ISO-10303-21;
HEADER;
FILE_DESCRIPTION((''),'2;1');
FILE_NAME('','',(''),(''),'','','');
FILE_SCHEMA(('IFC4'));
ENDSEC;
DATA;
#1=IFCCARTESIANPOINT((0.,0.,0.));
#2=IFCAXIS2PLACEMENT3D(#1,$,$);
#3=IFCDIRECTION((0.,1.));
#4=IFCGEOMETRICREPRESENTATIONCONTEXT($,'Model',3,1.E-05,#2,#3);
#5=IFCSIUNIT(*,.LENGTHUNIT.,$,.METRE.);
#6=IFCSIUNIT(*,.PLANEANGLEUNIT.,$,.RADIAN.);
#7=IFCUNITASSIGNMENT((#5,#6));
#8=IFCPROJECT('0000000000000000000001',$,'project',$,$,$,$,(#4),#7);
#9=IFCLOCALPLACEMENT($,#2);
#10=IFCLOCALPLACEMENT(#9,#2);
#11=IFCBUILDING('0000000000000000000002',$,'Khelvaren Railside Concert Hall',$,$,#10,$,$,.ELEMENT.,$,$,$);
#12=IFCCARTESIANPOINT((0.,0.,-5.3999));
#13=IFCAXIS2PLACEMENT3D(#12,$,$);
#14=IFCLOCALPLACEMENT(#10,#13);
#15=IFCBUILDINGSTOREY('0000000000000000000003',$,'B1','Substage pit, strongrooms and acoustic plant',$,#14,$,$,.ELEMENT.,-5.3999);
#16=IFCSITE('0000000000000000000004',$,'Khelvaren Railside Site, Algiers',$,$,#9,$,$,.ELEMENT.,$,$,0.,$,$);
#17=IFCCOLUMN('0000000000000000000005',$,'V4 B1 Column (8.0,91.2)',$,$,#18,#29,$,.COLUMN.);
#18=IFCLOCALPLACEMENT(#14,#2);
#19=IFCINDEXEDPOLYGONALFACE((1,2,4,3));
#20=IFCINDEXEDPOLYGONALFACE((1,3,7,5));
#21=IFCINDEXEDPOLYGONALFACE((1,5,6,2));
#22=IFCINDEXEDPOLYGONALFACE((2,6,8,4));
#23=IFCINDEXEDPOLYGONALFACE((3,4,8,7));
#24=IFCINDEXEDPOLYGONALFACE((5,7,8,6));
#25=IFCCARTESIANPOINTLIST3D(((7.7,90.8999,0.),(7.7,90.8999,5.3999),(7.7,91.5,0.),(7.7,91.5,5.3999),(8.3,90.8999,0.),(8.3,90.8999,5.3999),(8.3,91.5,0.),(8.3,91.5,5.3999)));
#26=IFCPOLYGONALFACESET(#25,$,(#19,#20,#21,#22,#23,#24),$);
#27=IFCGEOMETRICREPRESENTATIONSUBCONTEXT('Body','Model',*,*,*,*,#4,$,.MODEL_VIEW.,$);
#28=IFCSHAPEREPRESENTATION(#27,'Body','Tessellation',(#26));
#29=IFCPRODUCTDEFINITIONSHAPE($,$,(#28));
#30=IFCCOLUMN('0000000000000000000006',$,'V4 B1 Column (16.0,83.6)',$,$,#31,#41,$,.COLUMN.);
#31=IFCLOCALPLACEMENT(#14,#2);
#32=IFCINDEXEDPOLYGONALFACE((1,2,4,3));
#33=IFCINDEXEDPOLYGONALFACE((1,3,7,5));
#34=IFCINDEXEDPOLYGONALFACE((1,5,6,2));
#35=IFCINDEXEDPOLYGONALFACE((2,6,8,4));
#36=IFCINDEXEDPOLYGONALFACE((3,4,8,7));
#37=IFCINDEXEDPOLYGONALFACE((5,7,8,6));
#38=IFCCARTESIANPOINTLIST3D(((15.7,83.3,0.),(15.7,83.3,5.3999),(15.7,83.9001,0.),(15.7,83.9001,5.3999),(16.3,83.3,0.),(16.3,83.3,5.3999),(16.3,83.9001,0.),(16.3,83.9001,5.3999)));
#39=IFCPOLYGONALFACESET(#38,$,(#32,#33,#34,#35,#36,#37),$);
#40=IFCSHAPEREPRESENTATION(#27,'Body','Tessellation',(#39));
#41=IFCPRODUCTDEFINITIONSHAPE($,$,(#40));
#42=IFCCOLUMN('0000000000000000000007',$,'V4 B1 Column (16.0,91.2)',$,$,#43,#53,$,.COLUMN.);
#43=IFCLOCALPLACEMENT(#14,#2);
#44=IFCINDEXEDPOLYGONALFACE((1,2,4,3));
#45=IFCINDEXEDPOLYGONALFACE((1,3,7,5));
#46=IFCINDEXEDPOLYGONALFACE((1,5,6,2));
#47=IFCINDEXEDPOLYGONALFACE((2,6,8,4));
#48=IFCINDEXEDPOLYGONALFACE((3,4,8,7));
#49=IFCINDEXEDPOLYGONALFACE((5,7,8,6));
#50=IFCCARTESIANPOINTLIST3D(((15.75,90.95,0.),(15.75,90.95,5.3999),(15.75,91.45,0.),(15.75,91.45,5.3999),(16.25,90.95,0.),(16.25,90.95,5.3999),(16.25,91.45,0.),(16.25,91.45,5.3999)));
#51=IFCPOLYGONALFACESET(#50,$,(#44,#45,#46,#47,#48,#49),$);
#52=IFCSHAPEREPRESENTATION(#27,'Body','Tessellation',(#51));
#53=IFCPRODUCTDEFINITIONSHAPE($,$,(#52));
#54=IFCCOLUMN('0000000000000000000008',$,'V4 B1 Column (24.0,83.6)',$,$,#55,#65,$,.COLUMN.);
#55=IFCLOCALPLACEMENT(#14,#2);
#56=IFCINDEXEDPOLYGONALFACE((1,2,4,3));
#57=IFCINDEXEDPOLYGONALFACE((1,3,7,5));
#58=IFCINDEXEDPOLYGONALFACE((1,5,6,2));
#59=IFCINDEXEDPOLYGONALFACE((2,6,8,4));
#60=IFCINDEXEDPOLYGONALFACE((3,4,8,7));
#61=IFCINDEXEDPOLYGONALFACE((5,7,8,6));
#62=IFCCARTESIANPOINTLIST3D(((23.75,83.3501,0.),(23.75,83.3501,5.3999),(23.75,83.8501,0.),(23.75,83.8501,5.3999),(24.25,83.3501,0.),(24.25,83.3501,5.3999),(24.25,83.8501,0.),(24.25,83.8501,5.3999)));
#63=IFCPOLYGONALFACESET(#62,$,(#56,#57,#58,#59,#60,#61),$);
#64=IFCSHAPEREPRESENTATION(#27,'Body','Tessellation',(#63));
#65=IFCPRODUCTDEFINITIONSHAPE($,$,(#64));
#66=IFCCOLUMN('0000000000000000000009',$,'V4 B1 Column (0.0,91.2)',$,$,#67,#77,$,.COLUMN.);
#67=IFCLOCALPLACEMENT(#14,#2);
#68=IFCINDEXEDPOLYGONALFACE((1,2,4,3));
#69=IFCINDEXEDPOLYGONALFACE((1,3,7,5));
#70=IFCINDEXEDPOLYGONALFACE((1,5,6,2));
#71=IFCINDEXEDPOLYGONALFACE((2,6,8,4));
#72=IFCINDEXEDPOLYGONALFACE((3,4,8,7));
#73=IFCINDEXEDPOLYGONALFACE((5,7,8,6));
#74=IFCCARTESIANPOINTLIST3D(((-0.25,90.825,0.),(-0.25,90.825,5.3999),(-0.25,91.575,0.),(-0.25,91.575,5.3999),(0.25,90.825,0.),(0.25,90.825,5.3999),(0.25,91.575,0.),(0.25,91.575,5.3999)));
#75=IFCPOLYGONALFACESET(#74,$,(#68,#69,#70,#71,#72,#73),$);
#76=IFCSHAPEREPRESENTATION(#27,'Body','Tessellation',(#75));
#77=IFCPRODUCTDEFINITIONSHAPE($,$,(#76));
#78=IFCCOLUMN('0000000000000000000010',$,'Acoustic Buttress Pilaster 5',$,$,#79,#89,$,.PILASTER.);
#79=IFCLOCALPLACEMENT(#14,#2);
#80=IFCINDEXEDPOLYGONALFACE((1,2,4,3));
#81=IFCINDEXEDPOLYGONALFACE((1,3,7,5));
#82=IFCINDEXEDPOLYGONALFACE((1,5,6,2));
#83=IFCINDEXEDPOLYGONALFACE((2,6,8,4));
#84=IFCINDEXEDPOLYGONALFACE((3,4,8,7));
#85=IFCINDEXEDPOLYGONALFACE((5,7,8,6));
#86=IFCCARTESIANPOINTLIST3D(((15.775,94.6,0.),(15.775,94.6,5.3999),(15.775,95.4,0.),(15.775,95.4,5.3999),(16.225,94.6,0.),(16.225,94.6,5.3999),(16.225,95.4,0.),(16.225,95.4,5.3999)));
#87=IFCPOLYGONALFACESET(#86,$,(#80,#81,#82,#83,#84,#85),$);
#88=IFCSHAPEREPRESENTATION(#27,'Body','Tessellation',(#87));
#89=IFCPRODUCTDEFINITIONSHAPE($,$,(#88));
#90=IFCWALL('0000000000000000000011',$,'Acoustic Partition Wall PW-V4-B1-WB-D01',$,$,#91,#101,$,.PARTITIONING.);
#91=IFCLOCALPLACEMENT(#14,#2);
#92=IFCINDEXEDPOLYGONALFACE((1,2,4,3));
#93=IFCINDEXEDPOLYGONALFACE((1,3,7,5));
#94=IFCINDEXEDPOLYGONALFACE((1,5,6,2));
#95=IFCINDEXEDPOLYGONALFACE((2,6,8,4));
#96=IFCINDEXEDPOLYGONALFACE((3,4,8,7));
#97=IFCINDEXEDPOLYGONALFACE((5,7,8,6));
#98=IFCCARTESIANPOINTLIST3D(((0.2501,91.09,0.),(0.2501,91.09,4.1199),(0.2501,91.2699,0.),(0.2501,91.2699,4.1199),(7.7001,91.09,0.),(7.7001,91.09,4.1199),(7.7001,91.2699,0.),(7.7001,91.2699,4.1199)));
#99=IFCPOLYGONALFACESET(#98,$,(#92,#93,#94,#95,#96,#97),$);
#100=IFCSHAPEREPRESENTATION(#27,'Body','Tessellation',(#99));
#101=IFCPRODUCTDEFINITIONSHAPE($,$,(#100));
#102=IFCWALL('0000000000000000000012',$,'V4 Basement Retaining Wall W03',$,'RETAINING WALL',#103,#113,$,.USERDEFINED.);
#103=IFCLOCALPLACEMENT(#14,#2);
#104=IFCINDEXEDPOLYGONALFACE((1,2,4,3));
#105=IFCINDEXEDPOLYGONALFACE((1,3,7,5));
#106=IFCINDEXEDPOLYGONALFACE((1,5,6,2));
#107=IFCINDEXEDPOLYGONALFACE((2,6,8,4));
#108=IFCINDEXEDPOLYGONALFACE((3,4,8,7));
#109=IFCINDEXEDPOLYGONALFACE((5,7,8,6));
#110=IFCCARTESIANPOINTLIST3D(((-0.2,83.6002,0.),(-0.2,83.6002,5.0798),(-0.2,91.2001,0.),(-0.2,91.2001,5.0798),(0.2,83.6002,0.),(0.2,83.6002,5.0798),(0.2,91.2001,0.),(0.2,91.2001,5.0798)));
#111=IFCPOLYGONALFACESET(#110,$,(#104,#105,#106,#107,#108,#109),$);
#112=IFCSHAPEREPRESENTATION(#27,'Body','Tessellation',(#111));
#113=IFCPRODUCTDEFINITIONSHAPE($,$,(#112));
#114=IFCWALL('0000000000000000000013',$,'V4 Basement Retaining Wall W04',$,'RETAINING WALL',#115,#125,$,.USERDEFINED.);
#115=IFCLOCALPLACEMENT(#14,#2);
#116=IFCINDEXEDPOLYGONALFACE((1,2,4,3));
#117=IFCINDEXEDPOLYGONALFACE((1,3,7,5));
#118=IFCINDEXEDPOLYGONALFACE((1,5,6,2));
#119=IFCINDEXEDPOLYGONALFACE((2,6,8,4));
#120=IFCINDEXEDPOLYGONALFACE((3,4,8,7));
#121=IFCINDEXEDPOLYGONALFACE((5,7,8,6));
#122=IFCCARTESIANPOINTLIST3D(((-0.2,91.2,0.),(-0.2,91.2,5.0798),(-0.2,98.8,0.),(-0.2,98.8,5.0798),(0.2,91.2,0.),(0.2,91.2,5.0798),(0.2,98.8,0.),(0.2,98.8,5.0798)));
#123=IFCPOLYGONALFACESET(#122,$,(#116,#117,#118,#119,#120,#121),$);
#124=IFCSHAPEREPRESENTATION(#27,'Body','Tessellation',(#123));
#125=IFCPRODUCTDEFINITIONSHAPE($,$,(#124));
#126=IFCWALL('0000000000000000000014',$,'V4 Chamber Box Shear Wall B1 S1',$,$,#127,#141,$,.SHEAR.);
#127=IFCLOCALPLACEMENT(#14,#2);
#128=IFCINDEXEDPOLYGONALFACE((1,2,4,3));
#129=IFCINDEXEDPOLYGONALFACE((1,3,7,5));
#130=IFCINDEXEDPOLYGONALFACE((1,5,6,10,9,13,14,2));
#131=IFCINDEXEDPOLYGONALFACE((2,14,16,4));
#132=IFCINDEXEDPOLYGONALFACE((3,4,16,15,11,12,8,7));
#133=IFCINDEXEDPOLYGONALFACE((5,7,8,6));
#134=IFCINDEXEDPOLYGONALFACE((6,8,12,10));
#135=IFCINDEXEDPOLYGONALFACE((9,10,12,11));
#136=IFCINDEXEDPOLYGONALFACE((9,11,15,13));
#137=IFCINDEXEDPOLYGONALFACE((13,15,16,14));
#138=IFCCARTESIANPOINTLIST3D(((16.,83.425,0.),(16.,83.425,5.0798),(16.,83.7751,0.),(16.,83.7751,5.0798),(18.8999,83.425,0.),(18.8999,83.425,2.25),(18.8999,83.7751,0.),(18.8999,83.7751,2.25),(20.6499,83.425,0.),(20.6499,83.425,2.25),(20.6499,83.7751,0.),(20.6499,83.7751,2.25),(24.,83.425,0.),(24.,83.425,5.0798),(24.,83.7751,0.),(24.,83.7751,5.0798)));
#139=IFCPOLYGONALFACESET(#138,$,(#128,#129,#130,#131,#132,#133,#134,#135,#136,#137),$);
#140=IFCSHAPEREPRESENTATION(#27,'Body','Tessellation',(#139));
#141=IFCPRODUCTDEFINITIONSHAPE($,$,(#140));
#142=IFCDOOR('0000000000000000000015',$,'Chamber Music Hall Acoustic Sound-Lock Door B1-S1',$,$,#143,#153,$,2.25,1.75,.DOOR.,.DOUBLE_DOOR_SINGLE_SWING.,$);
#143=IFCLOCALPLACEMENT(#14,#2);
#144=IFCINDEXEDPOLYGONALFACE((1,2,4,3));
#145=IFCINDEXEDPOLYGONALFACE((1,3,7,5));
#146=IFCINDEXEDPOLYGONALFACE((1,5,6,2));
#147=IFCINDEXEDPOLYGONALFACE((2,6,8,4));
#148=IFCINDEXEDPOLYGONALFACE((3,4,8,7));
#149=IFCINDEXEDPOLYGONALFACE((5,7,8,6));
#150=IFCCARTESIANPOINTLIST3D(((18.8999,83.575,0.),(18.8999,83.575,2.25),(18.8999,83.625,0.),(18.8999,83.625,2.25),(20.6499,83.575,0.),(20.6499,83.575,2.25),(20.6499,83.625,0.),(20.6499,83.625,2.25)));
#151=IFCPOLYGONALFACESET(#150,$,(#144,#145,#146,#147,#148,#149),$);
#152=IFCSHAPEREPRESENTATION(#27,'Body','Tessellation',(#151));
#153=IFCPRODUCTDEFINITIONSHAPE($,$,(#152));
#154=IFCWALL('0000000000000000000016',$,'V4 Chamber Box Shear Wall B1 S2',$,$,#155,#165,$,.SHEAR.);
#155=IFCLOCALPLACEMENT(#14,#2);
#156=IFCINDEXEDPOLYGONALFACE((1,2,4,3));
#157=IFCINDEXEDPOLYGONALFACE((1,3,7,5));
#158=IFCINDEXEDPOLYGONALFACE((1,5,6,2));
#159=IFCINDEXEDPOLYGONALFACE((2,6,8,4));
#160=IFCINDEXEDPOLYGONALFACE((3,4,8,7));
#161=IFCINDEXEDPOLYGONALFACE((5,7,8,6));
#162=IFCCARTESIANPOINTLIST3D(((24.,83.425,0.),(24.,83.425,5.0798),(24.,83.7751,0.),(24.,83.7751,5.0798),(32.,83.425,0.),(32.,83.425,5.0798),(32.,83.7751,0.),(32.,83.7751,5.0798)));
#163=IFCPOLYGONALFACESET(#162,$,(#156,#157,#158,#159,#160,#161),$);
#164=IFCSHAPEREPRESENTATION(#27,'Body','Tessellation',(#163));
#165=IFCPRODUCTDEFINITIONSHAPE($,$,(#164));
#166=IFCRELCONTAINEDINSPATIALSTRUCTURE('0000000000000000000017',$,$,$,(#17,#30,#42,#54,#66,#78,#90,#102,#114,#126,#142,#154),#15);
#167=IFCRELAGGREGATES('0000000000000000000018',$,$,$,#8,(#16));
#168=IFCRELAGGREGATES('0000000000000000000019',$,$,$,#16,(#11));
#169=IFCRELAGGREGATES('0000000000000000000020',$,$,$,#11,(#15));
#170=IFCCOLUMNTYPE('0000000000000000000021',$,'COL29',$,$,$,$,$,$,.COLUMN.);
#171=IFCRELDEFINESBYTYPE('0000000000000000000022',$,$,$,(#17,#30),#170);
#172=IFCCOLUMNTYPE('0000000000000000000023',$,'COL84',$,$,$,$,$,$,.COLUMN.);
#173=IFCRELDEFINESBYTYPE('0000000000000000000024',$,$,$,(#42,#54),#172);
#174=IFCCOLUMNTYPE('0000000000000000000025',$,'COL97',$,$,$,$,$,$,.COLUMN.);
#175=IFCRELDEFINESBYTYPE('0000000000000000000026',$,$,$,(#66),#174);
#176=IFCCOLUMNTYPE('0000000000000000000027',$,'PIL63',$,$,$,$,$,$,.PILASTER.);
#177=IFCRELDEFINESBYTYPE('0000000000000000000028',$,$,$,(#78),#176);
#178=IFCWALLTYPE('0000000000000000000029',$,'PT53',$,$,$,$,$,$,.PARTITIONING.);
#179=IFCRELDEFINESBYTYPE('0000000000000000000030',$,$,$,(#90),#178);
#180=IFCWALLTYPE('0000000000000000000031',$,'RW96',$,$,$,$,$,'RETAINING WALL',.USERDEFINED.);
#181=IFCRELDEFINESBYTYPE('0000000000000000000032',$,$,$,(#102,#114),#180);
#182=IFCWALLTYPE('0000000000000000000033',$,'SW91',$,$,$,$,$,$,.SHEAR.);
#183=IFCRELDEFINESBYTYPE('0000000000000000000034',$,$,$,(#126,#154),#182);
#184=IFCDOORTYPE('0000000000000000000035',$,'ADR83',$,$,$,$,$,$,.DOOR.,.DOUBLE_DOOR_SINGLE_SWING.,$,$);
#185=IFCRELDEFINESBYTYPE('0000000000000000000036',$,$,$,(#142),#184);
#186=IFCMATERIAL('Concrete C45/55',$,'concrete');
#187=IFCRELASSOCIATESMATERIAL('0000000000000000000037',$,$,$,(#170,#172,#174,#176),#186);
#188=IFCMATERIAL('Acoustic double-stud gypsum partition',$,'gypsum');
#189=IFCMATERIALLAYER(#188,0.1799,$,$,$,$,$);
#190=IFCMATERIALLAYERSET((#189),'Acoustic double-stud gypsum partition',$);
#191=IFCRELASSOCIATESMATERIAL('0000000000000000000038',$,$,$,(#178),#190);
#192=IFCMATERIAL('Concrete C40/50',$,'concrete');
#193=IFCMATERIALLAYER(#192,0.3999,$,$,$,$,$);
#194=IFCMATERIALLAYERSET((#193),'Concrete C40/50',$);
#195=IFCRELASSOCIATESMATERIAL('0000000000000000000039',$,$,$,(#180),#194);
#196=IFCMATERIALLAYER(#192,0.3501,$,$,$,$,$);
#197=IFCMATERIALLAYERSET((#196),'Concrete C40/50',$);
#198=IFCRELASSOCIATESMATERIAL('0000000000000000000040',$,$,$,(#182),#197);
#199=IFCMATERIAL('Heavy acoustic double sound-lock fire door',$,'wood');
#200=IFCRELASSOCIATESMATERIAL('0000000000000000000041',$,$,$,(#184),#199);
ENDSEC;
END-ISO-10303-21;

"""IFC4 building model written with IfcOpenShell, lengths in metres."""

from ifc_helpers import new_model, si_unit, direction, frame, frame_2d, origin, origin_2d, place, context, subcontext, project, spatial, rectangle, extrude, material, layer, layer_set, material_profile, profile_set, type_object, element, fill, save


model = new_model("IFC4")

# Units and contexts
model_context = context("Model", 3, precision=1e-05, world=origin(), true_north=direction((0.0, 1.0)))
body_context = subcontext(model_context, "Body", "Model", "MODEL_VIEW")
ifc_project = project(units=[si_unit("LENGTHUNIT", "METRE"), si_unit("PLANEANGLEUNIT", "RADIAN")], contexts=[model_context])

# Site, building, storey
site_placement = place(None, origin())
site = spatial("IfcSite", under=ifc_project, at=site_placement, Name="Khelvaren Railside Site, Algiers", CompositionType="ELEMENT", RefElevation=0.0)
building_placement = place(site_placement, origin())
building = spatial("IfcBuilding", under=site, at=building_placement, Name="Khelvaren Railside Concert Hall", CompositionType="ELEMENT")
storey_placement = place(building_placement, frame((0.0, 0.0, -5.3999)))
storey = spatial("IfcBuildingStorey", under=building, at=storey_placement, Name="B1", Description="Substage pit, strongrooms and acoustic plant", CompositionType="ELEMENT", Elevation=-5.3999)

# Columns
ifc_material_1 = material(Name="Concrete C45/55", Category="concrete")
ifc_material_profile_1 = material_profile(ifc_material_1, rectangle(XDim=0.6001, YDim=0.6001, at=origin_2d()), Name="RC 600x600")
ifc_profile_set_1 = profile_set([ifc_material_profile_1], Name="Concrete C45/55")
column_type_1 = type_object("IfcColumnType", Name="COL29", PredefinedType="COLUMN", material=ifc_profile_set_1)
for number, where, z_axis, x_axis, name in (
    (1, (8.0, 91.2, 0.0), (0.0, 0.0, 1.0), (1.0, 0.0, 0.0), "V4 B1 Column (8.0,91.2)"),
    (2, (16.0, 83.6001, 0.0), (0.0, 0.0, 1.0), (1.0, 0.0, 0.0), "V4 B1 Column (16.0,83.6)"),
):
    element("IfcColumn", number, at=place(storey_placement, frame(where, z_axis=z_axis, x_axis=x_axis)), inside=storey, type_object=column_type_1, Name=name, PredefinedType="COLUMN", context=body_context, shape_type="SweptSolid", body=[
        extrude(rectangle(XDim=0.6001, YDim=0.6001, at=origin_2d()), origin(), (0.0, 0.0, 1.0), 5.3999),
    ])
ifc_material_profile_2 = material_profile(ifc_material_1, rectangle(XDim=0.5, YDim=0.5, at=origin_2d()), Name="RC 500x500")
ifc_profile_set_2 = profile_set([ifc_material_profile_2], Name="Concrete C45/55")
column_type_2 = type_object("IfcColumnType", Name="COL84", PredefinedType="COLUMN", material=ifc_profile_set_2)
for number, where, z_axis, x_axis, name in (
    (3, (16.0, 91.2, 0.0), (0.0, 0.0, 1.0), (1.0, 0.0, 0.0), "V4 B1 Column (16.0,91.2)"),
    (4, (24.0, 83.6001, 0.0), (0.0, 0.0, 1.0), (1.0, 0.0, 0.0), "V4 B1 Column (24.0,83.6)"),
):
    element("IfcColumn", number, at=place(storey_placement, frame(where, z_axis=z_axis, x_axis=x_axis)), inside=storey, type_object=column_type_2, Name=name, PredefinedType="COLUMN", context=body_context, shape_type="SweptSolid", body=[
        extrude(rectangle(XDim=0.5, YDim=0.5, at=origin_2d()), origin(), (0.0, 0.0, 1.0), 5.3999),
    ])
ifc_material_profile_3 = material_profile(ifc_material_1, rectangle(XDim=0.5, YDim=0.75, at=origin_2d()), Name="RC 500x750")
ifc_profile_set_3 = profile_set([ifc_material_profile_3], Name="Concrete C45/55")
column_type_3 = type_object("IfcColumnType", Name="COL97", PredefinedType="COLUMN", material=ifc_profile_set_3)
column_1_placement = place(storey_placement, frame((0.0, 91.2, 0.0), z_axis=(0.0, 0.0, 1.0), x_axis=(1.0, 0.0, 0.0)))
element("IfcColumn", 5, at=column_1_placement, inside=storey, type_object=column_type_3, Name="V4 B1 Column (0.0,91.2)", PredefinedType="COLUMN", context=body_context, shape_type="SweptSolid", body=[
    extrude(rectangle(XDim=0.5, YDim=0.75, at=origin_2d()), origin(), (0.0, 0.0, 1.0), 5.3999),
])
ifc_material_profile_4 = material_profile(ifc_material_1, rectangle(XDim=0.45, YDim=0.8, at=origin_2d()), Name="PIL 450x800")
ifc_profile_set_4 = profile_set([ifc_material_profile_4], Name="Concrete C45/55")
column_type_4 = type_object("IfcColumnType", Name="PIL63", PredefinedType="PILASTER", material=ifc_profile_set_4)
column_2_placement = place(storey_placement, frame((16.0, 95.0, 0.0), z_axis=(0.0, 0.0, 1.0), x_axis=(1.0, 0.0, 0.0)))
element("IfcColumn", 6, at=column_2_placement, inside=storey, type_object=column_type_4, Name="Acoustic Buttress Pilaster 5", PredefinedType="PILASTER", context=body_context, shape_type="SweptSolid", body=[
    extrude(rectangle(XDim=0.45, YDim=0.8, at=origin_2d()), origin(), (0.0, 0.0, 1.0), 5.3999),
])

# Walls
ifc_material_2 = material(Name="Acoustic double-stud gypsum partition", Category="gypsum")
ifc_layer_1 = layer(ifc_material_2, 0.1799)
ifc_layer_set_1 = layer_set([ifc_layer_1], Name="Acoustic double-stud gypsum partition")
wall_type_1 = type_object("IfcWallType", Name="PT53", PredefinedType="PARTITIONING", material=ifc_layer_set_1)
wall_1_placement = place(storey_placement, frame((0.25, 91.1799, 0.0), z_axis=(0.0, 0.0, 1.0), x_axis=(1.0, 0.0, 0.0)))
element("IfcWall", 7, at=wall_1_placement, inside=storey, type_object=wall_type_1, Name="Acoustic Partition Wall PW-V4-B1-WB-D01", PredefinedType="PARTITIONING", context=body_context, shape_type="SweptSolid", body=[
    extrude(rectangle(XDim=7.45, YDim=0.1799, at=frame_2d((3.7251, 0.0))), origin(), (0.0, 0.0, 1.0), 4.1199),
])
ifc_material_3 = material(Name="Concrete C40/50", Category="concrete")
ifc_layer_2 = layer(ifc_material_3, 0.3999)
ifc_layer_set_2 = layer_set([ifc_layer_2], Name="Concrete C40/50")
wall_type_2 = type_object("IfcWallType", Name="RW96", ElementType="RETAINING WALL", PredefinedType="USERDEFINED", material=ifc_layer_set_2)
wall_2_placement = place(storey_placement, frame((0.0, 91.2, 0.0), z_axis=(0.0, 0.0, 1.0), x_axis=(0.0, -1.0, 0.0)))
element("IfcWall", 8, at=wall_2_placement, inside=storey, type_object=wall_type_2, Name="V4 Basement Retaining Wall W03", ObjectType="RETAINING WALL", PredefinedType="USERDEFINED", context=body_context, shape_type="SweptSolid", body=[
    extrude(rectangle(XDim=7.5999, YDim=0.3999, at=frame_2d((3.7998, 0.0))), origin(), (0.0, 0.0, 1.0), 5.0798),
])
wall_3_placement = place(storey_placement, frame((0.0, 98.8, 0.0), z_axis=(0.0, 0.0, 1.0), x_axis=(0.0, -1.0, 0.0)))
element("IfcWall", 9, at=wall_3_placement, inside=storey, type_object=wall_type_2, Name="V4 Basement Retaining Wall W04", ObjectType="RETAINING WALL", PredefinedType="USERDEFINED", context=body_context, shape_type="SweptSolid", body=[
    extrude(rectangle(XDim=7.6001, YDim=0.3999, at=frame_2d((3.8, 0.0))), origin(), (0.0, 0.0, 1.0), 5.0798),
])

# Wall, opening, door
ifc_layer_3 = layer(ifc_material_3, 0.3501)
ifc_layer_set_3 = layer_set([ifc_layer_3], Name="Concrete C40/50")
wall_type_3 = type_object("IfcWallType", Name="SW91", PredefinedType="SHEAR", material=ifc_layer_set_3)
wall_4_placement = place(storey_placement, frame((16.0, 83.6001, 0.0), z_axis=(0.0, 0.0, 1.0), x_axis=(1.0, 0.0, 0.0)))
wall_4 = element("IfcWall", 10, at=wall_4_placement, inside=storey, type_object=wall_type_3, Name="V4 Chamber Box Shear Wall B1 S1", PredefinedType="SHEAR", context=body_context, shape_type="SweptSolid", body=[
    extrude(rectangle(XDim=8.0, YDim=0.3501, at=frame_2d((4.0, 0.0))), origin(), (0.0, 0.0, 1.0), 5.0798),
])
opening_1_placement = place(wall_4_placement, frame((2.8999, 0.0, 0.0)))
opening_1 = element("IfcOpeningElement", 11, at=opening_1_placement, cuts=wall_4, PredefinedType="OPENING", context=body_context, shape_type="SweptSolid", body=[
    extrude(rectangle(XDim=1.75, YDim=2.25, at=frame_2d((0.875, 1.125))), frame((0.0, 0.1851, 0.0), z_axis=(0.0, -1.0, 0.0), x_axis=(1.0, 0.0, 0.0)), (0.0, 0.0, 1.0), 0.3701),
])
ifc_material_4 = material(Name="Heavy acoustic double sound-lock fire door", Category="wood")
door_type = type_object("IfcDoorType", Name="ADR83", OperationType="DOUBLE_DOOR_SINGLE_SWING", PredefinedType="DOOR", material=ifc_material_4)
door_1_placement = place(opening_1_placement, origin())
door_1 = element("IfcDoor", 12, at=door_1_placement, inside=storey, type_object=door_type, Name="Chamber Music Hall Acoustic Sound-Lock Door B1-S1", OperationType="DOUBLE_DOOR_SINGLE_SWING", OverallHeight=2.25, OverallWidth=1.75, PredefinedType="DOOR", context=body_context, shape_type="SweptSolid", body=[
    extrude(rectangle(XDim=1.75, YDim=2.25, at=frame_2d((0.875, 1.125))), frame((0.0, 0.0249, 0.0), z_axis=(0.0, -1.0, 0.0), x_axis=(1.0, 0.0, 0.0)), (0.0, 0.0, 1.0), 0.05),
])
fill(opening_1, door_1)

# Wall
wall_5_placement = place(storey_placement, frame((24.0, 83.6001, 0.0), z_axis=(0.0, 0.0, 1.0), x_axis=(1.0, 0.0, 0.0)))
element("IfcWall", 13, at=wall_5_placement, inside=storey, type_object=wall_type_3, Name="V4 Chamber Box Shear Wall B1 S2", PredefinedType="SHEAR", context=body_context, shape_type="SweptSolid", body=[
    extrude(rectangle(XDim=8.0, YDim=0.3501, at=frame_2d((4.0, 0.0))), origin(), (0.0, 0.0, 1.0), 5.0798),
])

save(model, "model.ifc")
